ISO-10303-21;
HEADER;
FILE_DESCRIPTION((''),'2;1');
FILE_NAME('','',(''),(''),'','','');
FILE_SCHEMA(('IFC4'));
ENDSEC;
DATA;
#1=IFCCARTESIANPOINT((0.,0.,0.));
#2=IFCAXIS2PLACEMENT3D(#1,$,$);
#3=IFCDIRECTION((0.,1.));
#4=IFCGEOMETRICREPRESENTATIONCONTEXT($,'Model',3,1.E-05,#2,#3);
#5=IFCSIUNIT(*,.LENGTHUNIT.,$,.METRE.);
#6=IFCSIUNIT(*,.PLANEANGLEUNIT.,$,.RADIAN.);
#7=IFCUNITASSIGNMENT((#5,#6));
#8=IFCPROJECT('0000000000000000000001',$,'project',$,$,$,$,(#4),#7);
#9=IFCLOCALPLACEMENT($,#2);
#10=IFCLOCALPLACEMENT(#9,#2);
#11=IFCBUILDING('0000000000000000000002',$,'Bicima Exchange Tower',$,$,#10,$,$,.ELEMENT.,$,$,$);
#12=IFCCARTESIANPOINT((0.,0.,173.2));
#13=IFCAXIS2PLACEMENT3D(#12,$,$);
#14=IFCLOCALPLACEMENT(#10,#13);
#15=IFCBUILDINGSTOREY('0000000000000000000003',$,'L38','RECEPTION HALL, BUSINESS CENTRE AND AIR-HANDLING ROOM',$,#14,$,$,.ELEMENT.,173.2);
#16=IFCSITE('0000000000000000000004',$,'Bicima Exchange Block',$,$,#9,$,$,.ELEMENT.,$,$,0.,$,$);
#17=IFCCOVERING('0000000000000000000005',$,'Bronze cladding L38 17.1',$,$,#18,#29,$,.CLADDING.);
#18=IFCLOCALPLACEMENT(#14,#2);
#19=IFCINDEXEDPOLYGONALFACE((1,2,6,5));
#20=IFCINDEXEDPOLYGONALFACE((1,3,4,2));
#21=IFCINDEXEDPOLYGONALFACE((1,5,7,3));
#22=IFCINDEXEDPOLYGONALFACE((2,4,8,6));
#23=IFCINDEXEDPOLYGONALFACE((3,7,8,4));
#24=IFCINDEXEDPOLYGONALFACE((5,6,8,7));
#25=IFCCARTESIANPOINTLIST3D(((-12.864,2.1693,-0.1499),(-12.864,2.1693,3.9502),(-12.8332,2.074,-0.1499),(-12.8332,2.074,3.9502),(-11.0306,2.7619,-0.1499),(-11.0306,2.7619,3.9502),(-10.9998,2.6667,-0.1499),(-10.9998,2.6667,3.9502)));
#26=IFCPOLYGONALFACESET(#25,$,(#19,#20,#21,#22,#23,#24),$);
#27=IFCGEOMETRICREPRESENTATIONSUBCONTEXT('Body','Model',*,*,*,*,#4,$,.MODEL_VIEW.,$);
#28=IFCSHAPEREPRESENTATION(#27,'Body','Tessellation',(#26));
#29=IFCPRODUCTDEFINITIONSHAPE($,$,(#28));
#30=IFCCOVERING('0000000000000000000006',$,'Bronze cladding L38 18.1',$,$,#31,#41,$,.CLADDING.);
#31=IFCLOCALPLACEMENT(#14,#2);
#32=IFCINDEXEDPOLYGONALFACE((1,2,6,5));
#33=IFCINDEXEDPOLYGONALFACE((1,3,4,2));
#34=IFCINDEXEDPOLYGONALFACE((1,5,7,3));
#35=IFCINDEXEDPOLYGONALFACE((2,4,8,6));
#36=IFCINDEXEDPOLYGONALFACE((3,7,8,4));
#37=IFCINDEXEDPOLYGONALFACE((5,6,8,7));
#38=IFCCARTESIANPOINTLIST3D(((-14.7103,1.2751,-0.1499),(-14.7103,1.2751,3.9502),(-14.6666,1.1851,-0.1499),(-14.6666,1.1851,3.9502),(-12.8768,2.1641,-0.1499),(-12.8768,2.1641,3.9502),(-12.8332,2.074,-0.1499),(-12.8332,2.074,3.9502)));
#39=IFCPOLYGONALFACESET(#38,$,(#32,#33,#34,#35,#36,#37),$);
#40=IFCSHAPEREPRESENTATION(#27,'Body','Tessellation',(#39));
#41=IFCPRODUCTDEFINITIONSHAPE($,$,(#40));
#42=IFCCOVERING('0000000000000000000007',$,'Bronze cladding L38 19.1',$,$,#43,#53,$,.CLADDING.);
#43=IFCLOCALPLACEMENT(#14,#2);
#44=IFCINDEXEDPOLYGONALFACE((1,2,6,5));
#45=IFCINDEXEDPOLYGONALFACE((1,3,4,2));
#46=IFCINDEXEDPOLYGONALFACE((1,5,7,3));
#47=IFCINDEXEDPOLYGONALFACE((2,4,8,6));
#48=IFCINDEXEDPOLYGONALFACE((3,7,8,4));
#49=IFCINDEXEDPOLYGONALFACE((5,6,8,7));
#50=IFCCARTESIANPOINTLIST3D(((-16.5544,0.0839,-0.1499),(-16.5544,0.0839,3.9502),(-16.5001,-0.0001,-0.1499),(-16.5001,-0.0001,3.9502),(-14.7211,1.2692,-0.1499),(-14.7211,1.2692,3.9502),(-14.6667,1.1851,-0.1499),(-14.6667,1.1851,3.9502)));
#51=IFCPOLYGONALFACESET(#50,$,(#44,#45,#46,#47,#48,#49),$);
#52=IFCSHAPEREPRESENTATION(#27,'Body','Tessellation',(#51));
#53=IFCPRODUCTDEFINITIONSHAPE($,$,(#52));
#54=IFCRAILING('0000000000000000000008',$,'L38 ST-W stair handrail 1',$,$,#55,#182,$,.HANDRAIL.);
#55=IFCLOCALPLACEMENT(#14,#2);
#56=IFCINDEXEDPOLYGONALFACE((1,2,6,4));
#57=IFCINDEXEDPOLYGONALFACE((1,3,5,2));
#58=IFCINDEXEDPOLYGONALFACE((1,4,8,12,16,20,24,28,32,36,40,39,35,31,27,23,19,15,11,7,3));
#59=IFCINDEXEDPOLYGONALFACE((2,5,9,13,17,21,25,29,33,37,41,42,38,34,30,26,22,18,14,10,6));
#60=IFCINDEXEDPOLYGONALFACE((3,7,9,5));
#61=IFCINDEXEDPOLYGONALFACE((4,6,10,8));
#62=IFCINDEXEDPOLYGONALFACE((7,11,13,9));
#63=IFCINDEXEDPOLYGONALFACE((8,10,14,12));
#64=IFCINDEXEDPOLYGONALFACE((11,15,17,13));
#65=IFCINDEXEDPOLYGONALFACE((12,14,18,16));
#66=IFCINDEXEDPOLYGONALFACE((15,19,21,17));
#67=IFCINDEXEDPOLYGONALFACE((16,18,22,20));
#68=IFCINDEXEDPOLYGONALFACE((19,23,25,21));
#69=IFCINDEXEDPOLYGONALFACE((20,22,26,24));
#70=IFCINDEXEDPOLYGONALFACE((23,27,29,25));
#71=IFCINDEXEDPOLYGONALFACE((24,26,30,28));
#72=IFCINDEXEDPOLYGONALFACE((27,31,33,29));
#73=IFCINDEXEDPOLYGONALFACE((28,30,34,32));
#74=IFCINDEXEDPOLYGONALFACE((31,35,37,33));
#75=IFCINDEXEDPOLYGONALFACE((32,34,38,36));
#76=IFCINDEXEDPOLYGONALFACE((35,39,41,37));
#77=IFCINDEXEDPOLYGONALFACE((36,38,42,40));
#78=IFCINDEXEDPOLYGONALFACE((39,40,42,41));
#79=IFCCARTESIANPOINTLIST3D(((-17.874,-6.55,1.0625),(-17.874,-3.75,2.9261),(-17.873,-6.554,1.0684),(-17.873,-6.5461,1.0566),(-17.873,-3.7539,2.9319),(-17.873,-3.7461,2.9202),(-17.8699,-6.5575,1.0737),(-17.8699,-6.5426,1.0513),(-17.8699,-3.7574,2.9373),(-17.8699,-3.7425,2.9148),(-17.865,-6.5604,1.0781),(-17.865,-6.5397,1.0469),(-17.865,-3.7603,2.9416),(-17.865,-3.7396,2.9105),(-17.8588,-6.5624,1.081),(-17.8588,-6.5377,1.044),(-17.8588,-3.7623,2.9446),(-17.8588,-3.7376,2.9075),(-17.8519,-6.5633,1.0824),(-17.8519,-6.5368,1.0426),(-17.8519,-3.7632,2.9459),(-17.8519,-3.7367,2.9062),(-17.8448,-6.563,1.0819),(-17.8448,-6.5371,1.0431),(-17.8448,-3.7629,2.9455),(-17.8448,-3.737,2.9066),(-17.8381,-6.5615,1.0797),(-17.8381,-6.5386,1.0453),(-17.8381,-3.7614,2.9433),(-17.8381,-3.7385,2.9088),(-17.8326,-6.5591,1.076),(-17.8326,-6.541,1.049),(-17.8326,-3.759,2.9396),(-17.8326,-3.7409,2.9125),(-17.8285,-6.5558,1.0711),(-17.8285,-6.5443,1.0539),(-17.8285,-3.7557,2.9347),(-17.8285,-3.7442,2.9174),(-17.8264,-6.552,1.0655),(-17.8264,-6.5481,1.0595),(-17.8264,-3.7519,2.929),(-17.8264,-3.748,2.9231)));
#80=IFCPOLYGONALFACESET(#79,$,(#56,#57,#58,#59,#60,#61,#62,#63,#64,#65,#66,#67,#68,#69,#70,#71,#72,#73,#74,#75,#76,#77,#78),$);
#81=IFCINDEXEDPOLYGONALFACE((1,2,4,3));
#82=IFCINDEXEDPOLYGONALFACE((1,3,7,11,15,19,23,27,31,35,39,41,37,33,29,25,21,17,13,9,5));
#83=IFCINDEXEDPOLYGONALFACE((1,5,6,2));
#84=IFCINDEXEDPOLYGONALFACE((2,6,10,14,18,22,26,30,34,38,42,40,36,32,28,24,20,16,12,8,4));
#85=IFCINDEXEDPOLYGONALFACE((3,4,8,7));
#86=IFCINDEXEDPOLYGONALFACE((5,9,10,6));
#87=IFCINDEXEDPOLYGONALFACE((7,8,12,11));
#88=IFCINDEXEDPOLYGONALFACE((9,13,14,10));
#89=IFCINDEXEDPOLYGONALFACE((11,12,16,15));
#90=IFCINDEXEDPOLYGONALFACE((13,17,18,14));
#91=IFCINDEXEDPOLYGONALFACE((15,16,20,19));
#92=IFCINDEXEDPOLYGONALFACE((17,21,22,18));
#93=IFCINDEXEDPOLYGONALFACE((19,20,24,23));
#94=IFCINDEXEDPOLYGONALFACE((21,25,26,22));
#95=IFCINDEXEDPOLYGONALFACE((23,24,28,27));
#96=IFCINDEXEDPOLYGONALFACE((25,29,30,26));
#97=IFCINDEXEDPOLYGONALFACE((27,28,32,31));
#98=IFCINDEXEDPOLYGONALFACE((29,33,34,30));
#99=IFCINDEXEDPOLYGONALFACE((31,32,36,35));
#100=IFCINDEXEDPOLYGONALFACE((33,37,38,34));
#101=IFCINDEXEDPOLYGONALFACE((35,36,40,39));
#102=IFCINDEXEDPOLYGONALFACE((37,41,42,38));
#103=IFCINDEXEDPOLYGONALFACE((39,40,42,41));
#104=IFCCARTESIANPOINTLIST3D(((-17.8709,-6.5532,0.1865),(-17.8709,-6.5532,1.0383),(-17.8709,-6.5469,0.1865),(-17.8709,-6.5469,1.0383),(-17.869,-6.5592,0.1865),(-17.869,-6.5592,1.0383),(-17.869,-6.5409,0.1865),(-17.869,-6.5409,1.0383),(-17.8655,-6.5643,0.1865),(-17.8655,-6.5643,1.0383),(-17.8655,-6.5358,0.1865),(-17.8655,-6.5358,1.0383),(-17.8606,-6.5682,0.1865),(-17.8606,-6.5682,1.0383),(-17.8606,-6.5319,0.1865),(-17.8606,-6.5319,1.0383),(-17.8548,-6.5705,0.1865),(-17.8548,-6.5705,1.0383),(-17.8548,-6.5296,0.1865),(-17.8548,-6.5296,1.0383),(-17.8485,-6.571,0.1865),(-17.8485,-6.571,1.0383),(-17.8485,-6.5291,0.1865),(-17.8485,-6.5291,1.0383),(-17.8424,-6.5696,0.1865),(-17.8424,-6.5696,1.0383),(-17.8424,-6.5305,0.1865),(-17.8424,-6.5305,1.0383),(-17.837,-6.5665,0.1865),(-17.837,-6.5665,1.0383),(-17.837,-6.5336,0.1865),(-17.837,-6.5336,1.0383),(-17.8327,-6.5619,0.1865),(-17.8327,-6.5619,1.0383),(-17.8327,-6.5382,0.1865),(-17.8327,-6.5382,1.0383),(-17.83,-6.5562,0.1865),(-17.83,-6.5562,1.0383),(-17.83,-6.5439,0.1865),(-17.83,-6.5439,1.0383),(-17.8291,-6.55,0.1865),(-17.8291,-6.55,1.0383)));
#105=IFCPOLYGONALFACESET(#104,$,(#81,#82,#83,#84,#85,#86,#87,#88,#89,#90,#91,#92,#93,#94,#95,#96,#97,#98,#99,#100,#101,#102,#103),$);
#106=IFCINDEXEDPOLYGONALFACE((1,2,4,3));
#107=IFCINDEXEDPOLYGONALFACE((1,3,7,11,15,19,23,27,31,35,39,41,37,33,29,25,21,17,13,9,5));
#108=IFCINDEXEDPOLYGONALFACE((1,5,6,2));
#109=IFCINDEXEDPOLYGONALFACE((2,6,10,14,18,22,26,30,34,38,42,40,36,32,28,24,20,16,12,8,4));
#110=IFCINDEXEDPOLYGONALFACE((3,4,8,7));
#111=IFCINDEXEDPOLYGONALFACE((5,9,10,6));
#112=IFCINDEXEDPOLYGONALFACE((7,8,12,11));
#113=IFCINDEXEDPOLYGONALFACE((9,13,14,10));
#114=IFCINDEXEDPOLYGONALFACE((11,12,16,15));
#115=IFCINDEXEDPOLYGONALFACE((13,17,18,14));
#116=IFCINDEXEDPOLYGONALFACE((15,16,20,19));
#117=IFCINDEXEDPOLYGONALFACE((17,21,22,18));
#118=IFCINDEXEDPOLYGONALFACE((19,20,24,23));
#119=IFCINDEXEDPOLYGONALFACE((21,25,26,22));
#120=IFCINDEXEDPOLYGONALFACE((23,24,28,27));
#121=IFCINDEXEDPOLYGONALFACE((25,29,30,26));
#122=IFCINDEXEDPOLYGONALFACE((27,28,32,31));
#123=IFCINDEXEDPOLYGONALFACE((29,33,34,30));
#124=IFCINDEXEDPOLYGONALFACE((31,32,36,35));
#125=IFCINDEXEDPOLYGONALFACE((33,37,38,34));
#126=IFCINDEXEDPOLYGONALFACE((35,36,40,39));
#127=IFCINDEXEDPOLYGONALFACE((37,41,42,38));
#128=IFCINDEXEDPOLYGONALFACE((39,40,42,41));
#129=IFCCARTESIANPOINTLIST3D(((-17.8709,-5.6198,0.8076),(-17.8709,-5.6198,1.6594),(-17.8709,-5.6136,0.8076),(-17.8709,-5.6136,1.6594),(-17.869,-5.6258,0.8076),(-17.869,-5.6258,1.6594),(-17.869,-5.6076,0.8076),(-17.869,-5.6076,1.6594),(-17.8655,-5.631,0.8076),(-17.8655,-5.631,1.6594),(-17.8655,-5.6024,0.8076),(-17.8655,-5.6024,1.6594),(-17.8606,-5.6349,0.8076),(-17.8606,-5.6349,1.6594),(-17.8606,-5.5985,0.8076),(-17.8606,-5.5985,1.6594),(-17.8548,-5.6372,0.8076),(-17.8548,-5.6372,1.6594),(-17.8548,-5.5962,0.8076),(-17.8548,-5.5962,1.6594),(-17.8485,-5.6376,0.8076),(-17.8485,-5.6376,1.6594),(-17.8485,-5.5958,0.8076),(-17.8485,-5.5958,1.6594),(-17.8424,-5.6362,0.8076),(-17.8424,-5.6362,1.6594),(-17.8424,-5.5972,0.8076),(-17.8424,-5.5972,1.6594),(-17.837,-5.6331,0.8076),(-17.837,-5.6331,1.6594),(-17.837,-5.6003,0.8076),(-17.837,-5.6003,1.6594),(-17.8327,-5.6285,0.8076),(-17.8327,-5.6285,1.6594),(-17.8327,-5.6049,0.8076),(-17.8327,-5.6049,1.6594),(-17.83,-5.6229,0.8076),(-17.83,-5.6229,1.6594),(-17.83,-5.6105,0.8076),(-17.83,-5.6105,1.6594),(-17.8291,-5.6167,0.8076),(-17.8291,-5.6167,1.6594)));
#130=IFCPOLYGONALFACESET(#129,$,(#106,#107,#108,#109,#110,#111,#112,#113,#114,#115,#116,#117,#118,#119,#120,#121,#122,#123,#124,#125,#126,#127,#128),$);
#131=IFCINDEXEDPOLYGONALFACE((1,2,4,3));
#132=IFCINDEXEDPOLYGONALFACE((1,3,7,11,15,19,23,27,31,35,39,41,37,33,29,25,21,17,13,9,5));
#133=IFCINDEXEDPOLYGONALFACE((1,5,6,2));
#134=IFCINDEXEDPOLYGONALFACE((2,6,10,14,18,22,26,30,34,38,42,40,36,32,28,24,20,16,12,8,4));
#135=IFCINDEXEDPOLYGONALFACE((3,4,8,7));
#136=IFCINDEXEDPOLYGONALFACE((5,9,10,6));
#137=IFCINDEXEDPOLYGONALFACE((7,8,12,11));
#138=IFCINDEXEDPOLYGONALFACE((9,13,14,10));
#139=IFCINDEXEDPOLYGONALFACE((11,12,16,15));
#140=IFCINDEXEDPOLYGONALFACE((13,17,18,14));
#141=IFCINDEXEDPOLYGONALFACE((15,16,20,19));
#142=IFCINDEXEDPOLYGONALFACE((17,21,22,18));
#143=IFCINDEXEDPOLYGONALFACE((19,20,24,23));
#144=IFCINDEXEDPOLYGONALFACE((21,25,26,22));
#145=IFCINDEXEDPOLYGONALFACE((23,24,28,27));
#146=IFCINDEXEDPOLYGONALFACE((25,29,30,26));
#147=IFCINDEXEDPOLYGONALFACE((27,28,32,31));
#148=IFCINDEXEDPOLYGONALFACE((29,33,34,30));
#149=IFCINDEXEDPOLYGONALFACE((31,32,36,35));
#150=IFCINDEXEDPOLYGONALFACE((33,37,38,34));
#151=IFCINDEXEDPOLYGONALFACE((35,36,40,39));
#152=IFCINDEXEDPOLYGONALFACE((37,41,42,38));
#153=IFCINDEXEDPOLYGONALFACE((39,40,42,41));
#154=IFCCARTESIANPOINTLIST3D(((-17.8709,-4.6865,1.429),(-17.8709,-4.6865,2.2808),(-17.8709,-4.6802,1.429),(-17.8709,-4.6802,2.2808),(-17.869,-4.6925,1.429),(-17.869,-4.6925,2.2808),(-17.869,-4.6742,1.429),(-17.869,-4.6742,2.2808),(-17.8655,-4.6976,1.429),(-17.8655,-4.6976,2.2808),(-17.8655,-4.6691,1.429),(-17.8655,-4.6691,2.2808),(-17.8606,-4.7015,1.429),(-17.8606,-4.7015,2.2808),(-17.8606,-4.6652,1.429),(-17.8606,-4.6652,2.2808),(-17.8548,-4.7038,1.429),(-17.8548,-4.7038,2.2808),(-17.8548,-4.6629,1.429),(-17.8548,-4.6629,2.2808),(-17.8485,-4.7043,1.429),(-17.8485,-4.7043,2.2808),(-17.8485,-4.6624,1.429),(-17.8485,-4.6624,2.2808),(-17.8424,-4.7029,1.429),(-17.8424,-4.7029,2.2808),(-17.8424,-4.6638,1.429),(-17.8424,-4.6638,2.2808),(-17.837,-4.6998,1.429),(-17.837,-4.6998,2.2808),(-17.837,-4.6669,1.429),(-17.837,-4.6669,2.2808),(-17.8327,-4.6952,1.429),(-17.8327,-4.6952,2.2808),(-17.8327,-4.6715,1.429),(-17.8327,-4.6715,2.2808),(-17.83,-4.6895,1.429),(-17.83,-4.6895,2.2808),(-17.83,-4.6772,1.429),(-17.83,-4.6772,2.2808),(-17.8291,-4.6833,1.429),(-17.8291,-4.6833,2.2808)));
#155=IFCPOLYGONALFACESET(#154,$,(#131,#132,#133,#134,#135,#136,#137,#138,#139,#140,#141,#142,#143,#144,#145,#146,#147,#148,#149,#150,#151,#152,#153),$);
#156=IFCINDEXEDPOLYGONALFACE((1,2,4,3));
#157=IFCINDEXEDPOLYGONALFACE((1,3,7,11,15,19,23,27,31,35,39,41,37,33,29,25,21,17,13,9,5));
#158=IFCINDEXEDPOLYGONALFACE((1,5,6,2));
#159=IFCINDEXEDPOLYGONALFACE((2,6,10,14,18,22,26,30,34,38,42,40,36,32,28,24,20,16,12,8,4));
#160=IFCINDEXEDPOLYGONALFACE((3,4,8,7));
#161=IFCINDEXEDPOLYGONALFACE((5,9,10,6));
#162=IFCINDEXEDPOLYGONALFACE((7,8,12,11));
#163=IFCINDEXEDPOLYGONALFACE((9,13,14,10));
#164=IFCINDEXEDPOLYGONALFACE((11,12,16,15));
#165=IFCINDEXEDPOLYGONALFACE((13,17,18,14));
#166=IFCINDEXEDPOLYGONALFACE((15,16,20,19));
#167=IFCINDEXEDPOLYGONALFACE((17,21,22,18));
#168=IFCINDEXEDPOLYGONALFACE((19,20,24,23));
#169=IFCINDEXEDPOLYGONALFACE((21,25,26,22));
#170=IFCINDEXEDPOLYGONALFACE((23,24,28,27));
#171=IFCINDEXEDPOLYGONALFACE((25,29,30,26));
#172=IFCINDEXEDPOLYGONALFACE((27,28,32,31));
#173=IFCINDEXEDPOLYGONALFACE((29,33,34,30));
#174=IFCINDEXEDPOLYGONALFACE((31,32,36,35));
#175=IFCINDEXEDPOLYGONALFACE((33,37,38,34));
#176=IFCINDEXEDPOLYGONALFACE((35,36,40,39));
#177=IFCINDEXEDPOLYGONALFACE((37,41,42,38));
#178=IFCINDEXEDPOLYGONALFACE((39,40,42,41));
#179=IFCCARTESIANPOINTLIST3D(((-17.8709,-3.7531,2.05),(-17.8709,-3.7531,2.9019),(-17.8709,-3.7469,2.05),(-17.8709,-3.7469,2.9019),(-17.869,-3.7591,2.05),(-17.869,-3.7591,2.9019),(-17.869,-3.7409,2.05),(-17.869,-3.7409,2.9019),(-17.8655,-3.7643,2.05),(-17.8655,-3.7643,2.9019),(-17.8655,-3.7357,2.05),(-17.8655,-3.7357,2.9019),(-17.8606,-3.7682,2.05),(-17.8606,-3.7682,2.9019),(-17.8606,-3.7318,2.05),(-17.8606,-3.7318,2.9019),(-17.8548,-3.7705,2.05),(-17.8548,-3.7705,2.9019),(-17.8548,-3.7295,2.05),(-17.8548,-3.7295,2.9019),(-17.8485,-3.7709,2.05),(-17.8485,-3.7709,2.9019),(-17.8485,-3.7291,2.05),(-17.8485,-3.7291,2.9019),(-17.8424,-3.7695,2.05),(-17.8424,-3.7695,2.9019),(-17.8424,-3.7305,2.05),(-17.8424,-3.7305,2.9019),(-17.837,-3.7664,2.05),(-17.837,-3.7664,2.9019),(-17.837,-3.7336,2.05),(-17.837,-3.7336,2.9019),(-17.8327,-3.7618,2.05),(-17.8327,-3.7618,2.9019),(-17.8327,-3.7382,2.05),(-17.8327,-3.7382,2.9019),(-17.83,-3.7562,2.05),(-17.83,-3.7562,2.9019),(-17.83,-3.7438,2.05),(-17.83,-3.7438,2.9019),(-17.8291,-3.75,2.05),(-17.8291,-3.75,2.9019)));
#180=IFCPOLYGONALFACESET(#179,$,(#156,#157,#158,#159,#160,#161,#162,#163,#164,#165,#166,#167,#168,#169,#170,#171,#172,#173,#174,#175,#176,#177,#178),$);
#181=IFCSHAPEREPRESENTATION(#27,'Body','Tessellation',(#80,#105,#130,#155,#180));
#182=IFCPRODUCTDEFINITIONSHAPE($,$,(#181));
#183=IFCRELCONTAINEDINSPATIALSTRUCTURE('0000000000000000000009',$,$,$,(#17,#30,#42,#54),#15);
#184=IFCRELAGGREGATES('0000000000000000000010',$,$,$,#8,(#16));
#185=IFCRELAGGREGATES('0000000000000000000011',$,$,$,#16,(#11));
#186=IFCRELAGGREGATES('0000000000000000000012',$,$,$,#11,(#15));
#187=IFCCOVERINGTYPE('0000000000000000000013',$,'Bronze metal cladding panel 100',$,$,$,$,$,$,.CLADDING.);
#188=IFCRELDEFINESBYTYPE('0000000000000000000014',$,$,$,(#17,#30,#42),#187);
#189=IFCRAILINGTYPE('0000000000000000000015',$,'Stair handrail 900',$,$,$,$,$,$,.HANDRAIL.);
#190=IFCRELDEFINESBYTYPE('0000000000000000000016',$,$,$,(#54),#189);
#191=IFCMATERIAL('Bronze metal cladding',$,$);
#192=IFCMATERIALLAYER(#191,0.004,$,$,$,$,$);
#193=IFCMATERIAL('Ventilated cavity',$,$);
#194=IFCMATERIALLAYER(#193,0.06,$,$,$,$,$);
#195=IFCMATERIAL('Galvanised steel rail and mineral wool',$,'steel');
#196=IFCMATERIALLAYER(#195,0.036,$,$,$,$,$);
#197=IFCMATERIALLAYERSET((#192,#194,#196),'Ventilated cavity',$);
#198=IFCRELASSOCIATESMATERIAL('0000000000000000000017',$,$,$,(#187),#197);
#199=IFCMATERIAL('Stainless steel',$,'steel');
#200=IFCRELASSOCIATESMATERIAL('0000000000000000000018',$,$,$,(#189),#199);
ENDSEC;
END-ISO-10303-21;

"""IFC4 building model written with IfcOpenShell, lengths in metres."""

from ifc_helpers import new_model, si_unit, direction, frame, origin, origin_2d, place, context, subcontext, project, spatial, rectangle, circle, extrude, material, layer, layer_set, type_object, element, save


model = new_model("IFC4")

# Units and contexts
model_context = context("Model", 3, precision=1e-05, world=origin(), true_north=direction((0.0, 1.0)))
body_context = subcontext(model_context, "Body", "Model", "MODEL_VIEW")
ifc_project = project(units=[si_unit("LENGTHUNIT", "METRE"), si_unit("PLANEANGLEUNIT", "RADIAN")], contexts=[model_context])

# Site, building, storey
site_placement = place(None, origin())
site = spatial("IfcSite", under=ifc_project, at=site_placement, Name="Bicima Exchange Block", CompositionType="ELEMENT", RefElevation=0.0)
building_placement = place(site_placement, origin())
building = spatial("IfcBuilding", under=site, at=building_placement, Name="Bicima Exchange Tower", CompositionType="ELEMENT")
storey_placement = place(building_placement, frame((0.0, 0.0, 173.2)))
storey = spatial("IfcBuildingStorey", under=building, at=storey_placement, Name="L38", Description="RECEPTION HALL, BUSINESS CENTRE AND AIR-HANDLING ROOM", CompositionType="ELEMENT", Elevation=173.2)

# Shared definitions
ifc_material_1 = material(Name="Stainless steel", Category="steel")

# Coverings
ifc_material_2 = material(Name="Bronze metal cladding")
ifc_layer_1 = layer(ifc_material_2, 0.004)
ifc_material_3 = material(Name="Ventilated cavity")
ifc_layer_2 = layer(ifc_material_3, 0.06)
ifc_material_4 = material(Name="Galvanised steel rail and mineral wool", Category="steel")
ifc_layer_3 = layer(ifc_material_4, 0.036)
ifc_layer_set_1 = layer_set([ifc_layer_1, ifc_layer_2, ifc_layer_3], Name="Ventilated cavity")
covering_type = type_object("IfcCoveringType", Name="Bronze metal cladding panel 100", PredefinedType="CLADDING", material=ifc_layer_set_1)
covering_1_placement = place(storey_placement, frame((-11.9319, 2.418, -0.1499), z_axis=(0.0, 0.0, 1.0), x_axis=(-0.951525, -0.307573, 0.0)))
element("IfcCovering", 1, at=covering_1_placement, inside=storey, type_object=covering_type, Name="Bronze cladding L38 17.1", PredefinedType="CLADDING", context=body_context, shape_type="SweptSolid", body=[
    extrude(rectangle(XDim=1.9268, YDim=0.1001, at=origin_2d()), origin(), (0.0, 0.0, 1.0), 4.1001),
])
covering_2_placement = place(storey_placement, frame((-13.7717, 1.6746, -0.1499), z_axis=(0.0, 0.0, 1.0), x_axis=(-0.899818, -0.436265, 0.0)))
element("IfcCovering", 2, at=covering_2_placement, inside=storey, type_object=covering_type, Name="Bronze cladding L38 18.1", PredefinedType="CLADDING", context=body_context, shape_type="SweptSolid", body=[
    extrude(rectangle(XDim=2.0376, YDim=0.1001, at=origin_2d()), origin(), (0.0, 0.0, 1.0), 4.1001),
])
covering_3_placement = place(storey_placement, frame((-15.6106, 0.6345, -0.1499), z_axis=(0.0, 0.0, 1.0), x_axis=(-0.83979, -0.542911, 0.0)))
element("IfcCovering", 3, at=covering_3_placement, inside=storey, type_object=covering_type, Name="Bronze cladding L38 19.1", PredefinedType="CLADDING", context=body_context, shape_type="SweptSolid", body=[
    extrude(rectangle(XDim=2.1831, YDim=0.1001, at=origin_2d()), origin(), (0.0, 0.0, 1.0), 4.1001),
])

# Railing
railing_type_1 = type_object("IfcRailingType", Name="Stair handrail 900", PredefinedType="HANDRAIL", material=ifc_material_1)
railing_1_placement = place(storey_placement, frame((-17.8501, -6.55, 0.1865)))
element("IfcRailing", 4, at=railing_1_placement, inside=storey, type_object=railing_type_1, Name="L38 ST-W stair handrail 1", PredefinedType="HANDRAIL", context=body_context, shape_type="SweptSolid", body=[
    extrude(circle(Radius=0.0239, at=origin_2d()), frame((0.0, 0.0, 0.876), z_axis=(0.0, 0.832486, 0.554047), x_axis=(-1.0, 0.0, 0.0)), (0.0, 0.0, 1.0), 3.3635),
    extrude(circle(Radius=0.021, at=origin_2d()), origin(), (0.0, 0.0, 1.0), 0.8518),
    extrude(circle(Radius=0.021, at=origin_2d()), frame((0.0, 0.9333, 0.6211)), (0.0, 0.0, 1.0), 0.8518),
    extrude(circle(Radius=0.021, at=origin_2d()), frame((0.0, 1.8667, 1.2424)), (0.0, 0.0, 1.0), 0.8518),
    extrude(circle(Radius=0.021, at=origin_2d()), frame((0.0, 2.8, 1.8635)), (0.0, 0.0, 1.0), 0.8518),
])

save(model, "model.ifc")
